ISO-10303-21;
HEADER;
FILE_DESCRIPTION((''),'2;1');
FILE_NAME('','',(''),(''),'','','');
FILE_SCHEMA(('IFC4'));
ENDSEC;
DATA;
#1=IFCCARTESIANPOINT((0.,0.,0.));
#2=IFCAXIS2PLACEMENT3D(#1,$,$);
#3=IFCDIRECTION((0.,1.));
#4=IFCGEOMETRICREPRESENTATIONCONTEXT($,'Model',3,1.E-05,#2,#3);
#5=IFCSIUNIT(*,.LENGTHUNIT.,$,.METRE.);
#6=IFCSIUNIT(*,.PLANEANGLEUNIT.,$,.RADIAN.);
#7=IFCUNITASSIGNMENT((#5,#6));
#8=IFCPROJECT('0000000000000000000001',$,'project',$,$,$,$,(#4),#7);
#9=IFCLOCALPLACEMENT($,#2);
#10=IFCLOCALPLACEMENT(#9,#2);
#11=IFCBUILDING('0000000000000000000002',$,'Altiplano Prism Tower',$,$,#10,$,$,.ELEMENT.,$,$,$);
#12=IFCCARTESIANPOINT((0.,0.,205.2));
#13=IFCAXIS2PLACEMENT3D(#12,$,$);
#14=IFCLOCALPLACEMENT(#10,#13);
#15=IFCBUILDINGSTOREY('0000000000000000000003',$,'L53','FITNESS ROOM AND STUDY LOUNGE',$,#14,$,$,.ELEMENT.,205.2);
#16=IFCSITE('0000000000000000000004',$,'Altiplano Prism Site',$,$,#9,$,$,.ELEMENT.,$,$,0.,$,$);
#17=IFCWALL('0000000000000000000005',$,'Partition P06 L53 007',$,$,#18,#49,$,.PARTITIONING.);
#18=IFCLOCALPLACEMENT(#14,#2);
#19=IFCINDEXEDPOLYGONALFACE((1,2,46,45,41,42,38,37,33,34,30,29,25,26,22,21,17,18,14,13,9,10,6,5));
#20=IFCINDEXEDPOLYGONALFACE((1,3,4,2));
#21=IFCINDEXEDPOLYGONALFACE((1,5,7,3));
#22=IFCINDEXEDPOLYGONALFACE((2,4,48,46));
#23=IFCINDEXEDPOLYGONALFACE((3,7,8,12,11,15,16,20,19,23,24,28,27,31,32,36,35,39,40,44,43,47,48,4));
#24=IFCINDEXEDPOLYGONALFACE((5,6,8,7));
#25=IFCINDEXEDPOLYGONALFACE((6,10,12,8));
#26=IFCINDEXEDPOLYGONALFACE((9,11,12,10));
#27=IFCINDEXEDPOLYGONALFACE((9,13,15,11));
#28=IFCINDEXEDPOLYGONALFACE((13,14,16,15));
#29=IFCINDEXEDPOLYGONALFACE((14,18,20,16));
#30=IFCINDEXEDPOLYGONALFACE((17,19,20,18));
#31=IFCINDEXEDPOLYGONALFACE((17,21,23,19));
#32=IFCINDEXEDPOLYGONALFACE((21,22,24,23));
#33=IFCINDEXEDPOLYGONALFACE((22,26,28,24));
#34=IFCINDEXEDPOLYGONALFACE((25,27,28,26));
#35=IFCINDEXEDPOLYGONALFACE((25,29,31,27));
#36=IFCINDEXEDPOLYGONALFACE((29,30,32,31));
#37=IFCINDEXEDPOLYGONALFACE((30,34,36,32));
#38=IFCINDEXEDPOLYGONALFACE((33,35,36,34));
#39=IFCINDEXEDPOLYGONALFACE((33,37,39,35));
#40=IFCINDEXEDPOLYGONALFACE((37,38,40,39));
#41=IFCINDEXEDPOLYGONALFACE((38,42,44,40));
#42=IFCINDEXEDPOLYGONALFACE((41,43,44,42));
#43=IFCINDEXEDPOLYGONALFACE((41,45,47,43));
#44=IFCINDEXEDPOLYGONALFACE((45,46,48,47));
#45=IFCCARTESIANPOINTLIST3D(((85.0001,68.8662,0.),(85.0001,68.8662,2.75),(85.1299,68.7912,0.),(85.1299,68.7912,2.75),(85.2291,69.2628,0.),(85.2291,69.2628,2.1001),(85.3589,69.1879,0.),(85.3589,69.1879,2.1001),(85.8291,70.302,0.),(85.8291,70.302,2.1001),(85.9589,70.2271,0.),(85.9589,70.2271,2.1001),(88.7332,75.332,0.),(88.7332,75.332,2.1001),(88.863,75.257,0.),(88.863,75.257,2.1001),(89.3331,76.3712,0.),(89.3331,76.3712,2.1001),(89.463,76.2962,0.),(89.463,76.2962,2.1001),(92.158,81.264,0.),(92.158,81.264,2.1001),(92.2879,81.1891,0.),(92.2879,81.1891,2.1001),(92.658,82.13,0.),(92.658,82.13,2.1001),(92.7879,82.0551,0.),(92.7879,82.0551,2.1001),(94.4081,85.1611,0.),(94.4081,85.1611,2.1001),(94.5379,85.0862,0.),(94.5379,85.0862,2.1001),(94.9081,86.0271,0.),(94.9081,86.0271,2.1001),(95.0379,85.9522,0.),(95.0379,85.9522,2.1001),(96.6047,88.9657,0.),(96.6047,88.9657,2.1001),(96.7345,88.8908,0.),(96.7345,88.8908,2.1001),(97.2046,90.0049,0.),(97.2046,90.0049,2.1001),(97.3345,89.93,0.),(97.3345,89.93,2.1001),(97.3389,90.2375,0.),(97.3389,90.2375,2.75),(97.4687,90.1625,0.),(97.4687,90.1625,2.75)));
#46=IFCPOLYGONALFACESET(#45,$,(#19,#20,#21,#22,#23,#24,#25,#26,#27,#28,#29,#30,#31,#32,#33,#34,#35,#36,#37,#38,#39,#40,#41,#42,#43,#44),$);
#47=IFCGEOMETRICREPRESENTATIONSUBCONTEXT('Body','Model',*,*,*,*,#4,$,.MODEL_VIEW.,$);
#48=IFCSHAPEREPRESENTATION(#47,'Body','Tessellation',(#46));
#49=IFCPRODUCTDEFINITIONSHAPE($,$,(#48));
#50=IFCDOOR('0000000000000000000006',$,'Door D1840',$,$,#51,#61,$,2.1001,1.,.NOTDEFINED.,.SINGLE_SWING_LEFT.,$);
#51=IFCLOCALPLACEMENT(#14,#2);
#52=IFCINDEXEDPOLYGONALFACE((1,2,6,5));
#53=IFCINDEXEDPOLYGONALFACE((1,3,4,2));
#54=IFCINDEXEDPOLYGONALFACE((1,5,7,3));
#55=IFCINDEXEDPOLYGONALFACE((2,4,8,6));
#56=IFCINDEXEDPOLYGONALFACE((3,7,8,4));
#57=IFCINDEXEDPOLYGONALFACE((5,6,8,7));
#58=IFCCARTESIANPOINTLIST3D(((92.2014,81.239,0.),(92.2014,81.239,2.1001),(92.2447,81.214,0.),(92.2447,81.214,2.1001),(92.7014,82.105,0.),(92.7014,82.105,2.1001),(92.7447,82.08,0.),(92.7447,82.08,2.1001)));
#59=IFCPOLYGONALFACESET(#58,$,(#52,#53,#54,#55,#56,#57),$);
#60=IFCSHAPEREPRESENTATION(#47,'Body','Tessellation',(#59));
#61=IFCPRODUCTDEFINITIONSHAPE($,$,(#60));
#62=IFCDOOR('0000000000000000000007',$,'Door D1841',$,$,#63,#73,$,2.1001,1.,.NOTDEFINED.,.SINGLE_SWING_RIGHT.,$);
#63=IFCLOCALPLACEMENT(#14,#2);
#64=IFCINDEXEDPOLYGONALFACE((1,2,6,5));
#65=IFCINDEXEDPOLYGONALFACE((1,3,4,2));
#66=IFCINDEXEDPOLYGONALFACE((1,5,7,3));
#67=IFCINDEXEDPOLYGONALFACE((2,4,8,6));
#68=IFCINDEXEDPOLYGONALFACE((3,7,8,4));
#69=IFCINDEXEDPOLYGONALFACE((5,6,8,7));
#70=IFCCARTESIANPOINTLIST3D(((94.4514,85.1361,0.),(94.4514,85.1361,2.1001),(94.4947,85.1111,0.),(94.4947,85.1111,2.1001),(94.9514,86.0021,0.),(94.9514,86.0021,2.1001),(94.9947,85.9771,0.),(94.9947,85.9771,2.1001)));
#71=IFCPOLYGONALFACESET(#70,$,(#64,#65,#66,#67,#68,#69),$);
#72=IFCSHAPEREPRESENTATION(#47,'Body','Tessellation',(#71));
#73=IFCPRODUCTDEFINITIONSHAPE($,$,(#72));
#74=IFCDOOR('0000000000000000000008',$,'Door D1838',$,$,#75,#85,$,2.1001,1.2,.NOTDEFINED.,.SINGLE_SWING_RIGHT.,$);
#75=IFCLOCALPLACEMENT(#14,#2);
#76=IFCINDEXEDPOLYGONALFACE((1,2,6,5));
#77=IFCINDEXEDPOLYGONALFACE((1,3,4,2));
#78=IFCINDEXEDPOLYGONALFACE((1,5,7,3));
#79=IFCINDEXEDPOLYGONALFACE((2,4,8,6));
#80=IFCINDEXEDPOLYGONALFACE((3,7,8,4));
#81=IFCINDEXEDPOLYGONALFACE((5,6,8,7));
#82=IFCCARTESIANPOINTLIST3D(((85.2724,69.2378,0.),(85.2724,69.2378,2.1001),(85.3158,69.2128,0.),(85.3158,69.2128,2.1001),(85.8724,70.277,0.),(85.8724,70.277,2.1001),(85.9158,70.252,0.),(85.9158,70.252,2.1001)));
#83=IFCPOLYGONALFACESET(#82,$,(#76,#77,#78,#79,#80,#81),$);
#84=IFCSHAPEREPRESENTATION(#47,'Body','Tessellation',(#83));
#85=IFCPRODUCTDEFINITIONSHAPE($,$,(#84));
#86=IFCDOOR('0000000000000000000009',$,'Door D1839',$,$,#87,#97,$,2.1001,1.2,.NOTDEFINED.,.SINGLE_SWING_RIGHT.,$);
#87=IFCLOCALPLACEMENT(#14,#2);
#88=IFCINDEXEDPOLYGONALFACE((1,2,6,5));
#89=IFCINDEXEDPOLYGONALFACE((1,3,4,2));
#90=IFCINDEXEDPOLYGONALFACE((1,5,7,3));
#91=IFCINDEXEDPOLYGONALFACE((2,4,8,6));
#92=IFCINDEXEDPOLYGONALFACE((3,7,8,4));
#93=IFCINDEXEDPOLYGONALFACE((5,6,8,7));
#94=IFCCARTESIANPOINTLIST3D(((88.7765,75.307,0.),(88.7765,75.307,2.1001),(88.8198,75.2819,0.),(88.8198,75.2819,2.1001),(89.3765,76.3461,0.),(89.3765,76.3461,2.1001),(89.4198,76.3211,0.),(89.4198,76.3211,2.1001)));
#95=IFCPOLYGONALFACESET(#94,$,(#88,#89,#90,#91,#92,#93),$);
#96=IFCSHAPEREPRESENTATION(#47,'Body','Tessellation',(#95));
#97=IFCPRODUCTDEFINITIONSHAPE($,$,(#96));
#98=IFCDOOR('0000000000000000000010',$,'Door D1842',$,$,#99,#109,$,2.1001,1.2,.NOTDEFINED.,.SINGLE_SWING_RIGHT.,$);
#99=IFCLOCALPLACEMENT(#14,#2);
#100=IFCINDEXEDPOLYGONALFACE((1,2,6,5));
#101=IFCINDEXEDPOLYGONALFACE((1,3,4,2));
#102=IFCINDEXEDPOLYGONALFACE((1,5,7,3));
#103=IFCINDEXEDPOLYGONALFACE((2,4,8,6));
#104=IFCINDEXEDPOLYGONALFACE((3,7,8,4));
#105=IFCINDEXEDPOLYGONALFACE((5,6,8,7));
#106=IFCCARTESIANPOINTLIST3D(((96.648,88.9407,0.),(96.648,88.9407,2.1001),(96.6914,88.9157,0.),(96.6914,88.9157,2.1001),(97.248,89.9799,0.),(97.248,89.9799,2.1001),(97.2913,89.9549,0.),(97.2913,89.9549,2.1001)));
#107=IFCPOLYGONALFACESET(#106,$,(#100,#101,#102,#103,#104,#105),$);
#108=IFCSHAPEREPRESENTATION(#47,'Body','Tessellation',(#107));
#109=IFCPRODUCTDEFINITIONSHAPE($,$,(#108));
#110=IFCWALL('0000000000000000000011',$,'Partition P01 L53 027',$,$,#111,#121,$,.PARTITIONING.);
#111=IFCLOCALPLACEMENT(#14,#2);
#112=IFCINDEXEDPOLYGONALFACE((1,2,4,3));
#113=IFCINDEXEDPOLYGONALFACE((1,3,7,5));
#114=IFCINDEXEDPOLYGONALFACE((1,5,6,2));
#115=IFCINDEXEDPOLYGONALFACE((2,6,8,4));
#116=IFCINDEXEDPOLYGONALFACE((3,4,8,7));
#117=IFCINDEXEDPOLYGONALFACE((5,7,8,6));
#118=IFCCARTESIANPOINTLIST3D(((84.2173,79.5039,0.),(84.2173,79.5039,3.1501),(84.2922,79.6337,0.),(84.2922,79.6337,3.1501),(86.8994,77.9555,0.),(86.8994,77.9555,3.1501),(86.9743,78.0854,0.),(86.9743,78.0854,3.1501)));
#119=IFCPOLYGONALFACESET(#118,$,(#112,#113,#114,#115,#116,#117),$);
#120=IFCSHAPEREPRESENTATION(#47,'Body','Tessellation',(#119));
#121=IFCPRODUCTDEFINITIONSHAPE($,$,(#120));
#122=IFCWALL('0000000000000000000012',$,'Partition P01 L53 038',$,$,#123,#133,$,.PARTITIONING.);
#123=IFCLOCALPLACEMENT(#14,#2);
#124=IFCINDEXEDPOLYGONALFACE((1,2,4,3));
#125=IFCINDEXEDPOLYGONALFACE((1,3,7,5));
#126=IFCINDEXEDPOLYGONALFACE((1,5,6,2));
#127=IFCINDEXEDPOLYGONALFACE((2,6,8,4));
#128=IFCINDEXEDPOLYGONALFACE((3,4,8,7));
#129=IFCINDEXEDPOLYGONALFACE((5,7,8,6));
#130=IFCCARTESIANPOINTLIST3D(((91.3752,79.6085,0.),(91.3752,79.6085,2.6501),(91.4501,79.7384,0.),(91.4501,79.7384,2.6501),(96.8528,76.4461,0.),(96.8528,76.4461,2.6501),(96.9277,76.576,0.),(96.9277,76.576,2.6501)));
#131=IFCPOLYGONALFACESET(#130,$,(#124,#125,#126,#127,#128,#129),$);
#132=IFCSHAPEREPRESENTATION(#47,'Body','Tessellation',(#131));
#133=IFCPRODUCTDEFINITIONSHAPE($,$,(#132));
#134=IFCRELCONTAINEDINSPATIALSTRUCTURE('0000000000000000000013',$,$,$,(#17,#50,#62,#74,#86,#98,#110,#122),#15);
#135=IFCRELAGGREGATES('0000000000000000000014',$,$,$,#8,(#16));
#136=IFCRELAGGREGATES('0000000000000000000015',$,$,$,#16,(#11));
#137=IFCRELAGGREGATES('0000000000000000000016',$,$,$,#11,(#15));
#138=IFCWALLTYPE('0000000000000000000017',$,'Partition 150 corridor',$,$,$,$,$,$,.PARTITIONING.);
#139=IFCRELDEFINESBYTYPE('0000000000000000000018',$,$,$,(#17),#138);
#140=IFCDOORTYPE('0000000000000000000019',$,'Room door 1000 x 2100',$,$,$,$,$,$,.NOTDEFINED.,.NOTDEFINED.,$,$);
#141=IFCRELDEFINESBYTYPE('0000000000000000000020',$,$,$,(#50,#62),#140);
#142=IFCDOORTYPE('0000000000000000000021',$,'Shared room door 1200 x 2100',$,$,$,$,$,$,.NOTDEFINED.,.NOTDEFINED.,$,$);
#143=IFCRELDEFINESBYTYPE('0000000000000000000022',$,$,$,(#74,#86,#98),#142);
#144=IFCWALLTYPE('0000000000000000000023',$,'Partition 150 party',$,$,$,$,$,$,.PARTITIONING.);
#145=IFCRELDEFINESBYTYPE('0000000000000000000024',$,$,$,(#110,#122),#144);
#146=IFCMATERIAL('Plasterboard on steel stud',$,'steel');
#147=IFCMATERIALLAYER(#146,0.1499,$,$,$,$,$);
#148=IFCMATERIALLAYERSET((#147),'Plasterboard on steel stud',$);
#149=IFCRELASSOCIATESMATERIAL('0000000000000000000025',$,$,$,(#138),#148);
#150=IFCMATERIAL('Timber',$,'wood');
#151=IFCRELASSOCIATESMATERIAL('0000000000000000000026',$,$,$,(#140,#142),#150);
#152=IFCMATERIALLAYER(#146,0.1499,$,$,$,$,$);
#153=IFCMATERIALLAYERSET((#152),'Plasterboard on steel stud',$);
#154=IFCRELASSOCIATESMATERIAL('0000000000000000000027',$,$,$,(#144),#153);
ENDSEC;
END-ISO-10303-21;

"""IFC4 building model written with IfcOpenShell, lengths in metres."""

from ifc_helpers import new_model, si_unit, direction, frame, frame_2d, origin, place, context, subcontext, project, spatial, rectangle, extrude, material, layer, layer_set, type_object, element, fill, save


model = new_model("IFC4")

# Units and contexts
model_context = context("Model", 3, precision=1e-05, world=origin(), true_north=direction((0.0, 1.0)))
body_context = subcontext(model_context, "Body", "Model", "MODEL_VIEW")
ifc_project = project(units=[si_unit("LENGTHUNIT", "METRE"), si_unit("PLANEANGLEUNIT", "RADIAN")], contexts=[model_context])

# Site, building, storey
site_placement = place(None, origin())
site = spatial("IfcSite", under=ifc_project, at=site_placement, Name="Altiplano Prism Site", CompositionType="ELEMENT", RefElevation=0.0)
building_placement = place(site_placement, origin())
building = spatial("IfcBuilding", under=site, at=building_placement, Name="Altiplano Prism Tower", CompositionType="ELEMENT")
storey_placement = place(building_placement, frame((0.0, 0.0, 205.2)))
storey = spatial("IfcBuildingStorey", under=building, at=storey_placement, Name="L53", Description="FITNESS ROOM AND STUDY LOUNGE", CompositionType="ELEMENT", Elevation=205.2)

# Wall, openings, doors
ifc_material_1 = material(Name="Plasterboard on steel stud", Category="steel")
ifc_layer_1 = layer(ifc_material_1, 0.1499)
ifc_layer_set_1 = layer_set([ifc_layer_1], Name="Plasterboard on steel stud")
wall_type_1 = type_object("IfcWallType", Name="Partition 150 corridor", PredefinedType="PARTITIONING", material=ifc_layer_set_1)
ifc_material_2 = material(Name="Timber", Category="wood")
wall_1_placement = place(storey_placement, frame((85.0649, 68.8286, 0.0), z_axis=(0.0, 0.0, 1.0), x_axis=(0.500004, 0.866023, 0.0)))
wall_1 = element("IfcWall", 1, at=wall_1_placement, inside=storey, type_object=wall_type_1, Name="Partition P06 L53 007", PredefinedType="PARTITIONING", context=body_context, shape_type="SweptSolid", body=[
    extrude(rectangle(XDim=24.6775, YDim=0.1499, at=frame_2d((12.3389, 0.0))), origin(), (0.0, 0.0, 1.0), 2.75),
])
opening_1_placement = place(wall_1_placement, frame((0.458, 0.0, 0.0)))
opening_1 = element("IfcOpeningElement", 2, at=opening_1_placement, cuts=wall_1, PredefinedType="OPENING", context=body_context, shape_type="SweptSolid", body=[
    extrude(rectangle(XDim=1.2, YDim=2.1001, at=frame_2d((0.6001, 1.05))), frame((0.0, 0.0854, 0.0), z_axis=(0.0, -1.0, 0.0), x_axis=(1.0, 0.0, 0.0)), (0.0, 0.0, 1.0), 0.1709),
])
opening_2_placement = place(wall_1_placement, frame((7.4661, 0.0, 0.0)))
opening_2 = element("IfcOpeningElement", 3, at=opening_2_placement, cuts=wall_1, PredefinedType="OPENING", context=body_context, shape_type="SweptSolid", body=[
    extrude(rectangle(XDim=1.2, YDim=2.1001, at=frame_2d((0.6001, 1.05))), frame((0.0, 0.0854, 0.0), z_axis=(0.0, -1.0, 0.0), x_axis=(1.0, 0.0, 0.0)), (0.0, 0.0, 1.0), 0.1709),
])
opening_3_placement = place(wall_1_placement, frame((14.3159, 0.0, 0.0)))
opening_3 = element("IfcOpeningElement", 4, at=opening_3_placement, cuts=wall_1, PredefinedType="OPENING", context=body_context, shape_type="SweptSolid", body=[
    extrude(rectangle(XDim=1.0, YDim=2.1001, at=frame_2d((0.5, 1.05))), frame((0.0, 0.0854, 0.0), z_axis=(0.0, -1.0, 0.0), x_axis=(1.0, 0.0, 0.0)), (0.0, 0.0, 1.0), 0.1709),
])
opening_4_placement = place(wall_1_placement, frame((18.8159, 0.0, 0.0)))
opening_4 = element("IfcOpeningElement", 5, at=opening_4_placement, cuts=wall_1, PredefinedType="OPENING", context=body_context, shape_type="SweptSolid", body=[
    extrude(rectangle(XDim=1.0, YDim=2.1001, at=frame_2d((0.5, 1.05))), frame((0.0, 0.0854, 0.0), z_axis=(0.0, -1.0, 0.0), x_axis=(1.0, 0.0, 0.0)), (0.0, 0.0, 1.0), 0.1709),
])
opening_5_placement = place(wall_1_placement, frame((23.209, 0.0, 0.0)))
opening_5 = element("IfcOpeningElement", 6, at=opening_5_placement, cuts=wall_1, PredefinedType="OPENING", context=body_context, shape_type="SweptSolid", body=[
    extrude(rectangle(XDim=1.2, YDim=2.1001, at=frame_2d((0.6001, 1.05))), frame((0.0, 0.0854, 0.0), z_axis=(0.0, -1.0, 0.0), x_axis=(1.0, 0.0, 0.0)), (0.0, 0.0, 1.0), 0.1709),
])
door_type_1 = type_object("IfcDoorType", Name="Room door 1000 x 2100", OperationType="NOTDEFINED", PredefinedType="NOTDEFINED", material=ifc_material_2)
door_1_placement = place(opening_3_placement, origin())
door_1 = element("IfcDoor", 7, at=door_1_placement, inside=storey, type_object=door_type_1, Name="Door D1840", OperationType="SINGLE_SWING_LEFT", OverallHeight=2.1001, OverallWidth=1.0, PredefinedType="NOTDEFINED", context=body_context, shape_type="SweptSolid", body=[
    extrude(rectangle(XDim=1.0, YDim=2.1001, at=frame_2d((0.5, 1.05))), frame((0.0, 0.0249, 0.0), z_axis=(0.0, -1.0, 0.0), x_axis=(1.0, 0.0, 0.0)), (0.0, 0.0, 1.0), 0.05),
])
fill(opening_3, door_1)
door_2_placement = place(opening_4_placement, origin())
door_2 = element("IfcDoor", 8, at=door_2_placement, inside=storey, type_object=door_type_1, Name="Door D1841", OperationType="SINGLE_SWING_RIGHT", OverallHeight=2.1001, OverallWidth=1.0, PredefinedType="NOTDEFINED", context=body_context, shape_type="SweptSolid", body=[
    extrude(rectangle(XDim=1.0, YDim=2.1001, at=frame_2d((0.5, 1.05))), frame((0.0, 0.0249, 0.0), z_axis=(0.0, -1.0, 0.0), x_axis=(1.0, 0.0, 0.0)), (0.0, 0.0, 1.0), 0.05),
])
fill(opening_4, door_2)
door_type_2 = type_object("IfcDoorType", Name="Shared room door 1200 x 2100", OperationType="NOTDEFINED", PredefinedType="NOTDEFINED", material=ifc_material_2)
door_3_placement = place(opening_1_placement, origin())
door_3 = element("IfcDoor", 9, at=door_3_placement, inside=storey, type_object=door_type_2, Name="Door D1838", OperationType="SINGLE_SWING_RIGHT", OverallHeight=2.1001, OverallWidth=1.2, PredefinedType="NOTDEFINED", context=body_context, shape_type="SweptSolid", body=[
    extrude(rectangle(XDim=1.2, YDim=2.1001, at=frame_2d((0.6001, 1.05))), frame((0.0, 0.0249, 0.0), z_axis=(0.0, -1.0, 0.0), x_axis=(1.0, 0.0, 0.0)), (0.0, 0.0, 1.0), 0.05),
])
fill(opening_1, door_3)
door_4_placement = place(opening_2_placement, origin())
door_4 = element("IfcDoor", 10, at=door_4_placement, inside=storey, type_object=door_type_2, Name="Door D1839", OperationType="SINGLE_SWING_RIGHT", OverallHeight=2.1001, OverallWidth=1.2, PredefinedType="NOTDEFINED", context=body_context, shape_type="SweptSolid", body=[
    extrude(rectangle(XDim=1.2, YDim=2.1001, at=frame_2d((0.6001, 1.05))), frame((0.0, 0.0249, 0.0), z_axis=(0.0, -1.0, 0.0), x_axis=(1.0, 0.0, 0.0)), (0.0, 0.0, 1.0), 0.05),
])
fill(opening_2, door_4)
door_5_placement = place(opening_5_placement, origin())
door_5 = element("IfcDoor", 11, at=door_5_placement, inside=storey, type_object=door_type_2, Name="Door D1842", OperationType="SINGLE_SWING_RIGHT", OverallHeight=2.1001, OverallWidth=1.2, PredefinedType="NOTDEFINED", context=body_context, shape_type="SweptSolid", body=[
    extrude(rectangle(XDim=1.2, YDim=2.1001, at=frame_2d((0.6001, 1.05))), frame((0.0, 0.0249, 0.0), z_axis=(0.0, -1.0, 0.0), x_axis=(1.0, 0.0, 0.0)), (0.0, 0.0, 1.0), 0.05),
])
fill(opening_5, door_5)

# Walls
ifc_layer_2 = layer(ifc_material_1, 0.1499)
ifc_layer_set_2 = layer_set([ifc_layer_2], Name="Plasterboard on steel stud")
wall_type_2 = type_object("IfcWallType", Name="Partition 150 party", PredefinedType="PARTITIONING", material=ifc_layer_set_2)
wall_2_placement = place(storey_placement, frame((86.9368, 78.0205, 0.0), z_axis=(0.0, 0.0, 1.0), x_axis=(-0.866052, 0.499954, 0.0)))
element("IfcWall", 12, at=wall_2_placement, inside=storey, type_object=wall_type_2, Name="Partition P01 L53 027", PredefinedType="PARTITIONING", context=body_context, shape_type="SweptSolid", body=[
    extrude(rectangle(XDim=3.0969, YDim=0.1499, at=frame_2d((1.5483, 0.0))), origin(), (0.0, 0.0, 1.0), 3.1501),
])
wall_3_placement = place(storey_placement, frame((96.8904, 76.511, 0.0), z_axis=(0.0, 0.0, 1.0), x_axis=(-0.866033, 0.499988, 0.0)))
element("IfcWall", 13, at=wall_3_placement, inside=storey, type_object=wall_type_2, Name="Partition P01 L53 038", PredefinedType="PARTITIONING", context=body_context, shape_type="SweptSolid", body=[
    extrude(rectangle(XDim=6.325, YDim=0.1499, at=frame_2d((3.1626, 0.0))), origin(), (0.0, 0.0, 1.0), 2.6501),
])

save(model, "model.ifc")
